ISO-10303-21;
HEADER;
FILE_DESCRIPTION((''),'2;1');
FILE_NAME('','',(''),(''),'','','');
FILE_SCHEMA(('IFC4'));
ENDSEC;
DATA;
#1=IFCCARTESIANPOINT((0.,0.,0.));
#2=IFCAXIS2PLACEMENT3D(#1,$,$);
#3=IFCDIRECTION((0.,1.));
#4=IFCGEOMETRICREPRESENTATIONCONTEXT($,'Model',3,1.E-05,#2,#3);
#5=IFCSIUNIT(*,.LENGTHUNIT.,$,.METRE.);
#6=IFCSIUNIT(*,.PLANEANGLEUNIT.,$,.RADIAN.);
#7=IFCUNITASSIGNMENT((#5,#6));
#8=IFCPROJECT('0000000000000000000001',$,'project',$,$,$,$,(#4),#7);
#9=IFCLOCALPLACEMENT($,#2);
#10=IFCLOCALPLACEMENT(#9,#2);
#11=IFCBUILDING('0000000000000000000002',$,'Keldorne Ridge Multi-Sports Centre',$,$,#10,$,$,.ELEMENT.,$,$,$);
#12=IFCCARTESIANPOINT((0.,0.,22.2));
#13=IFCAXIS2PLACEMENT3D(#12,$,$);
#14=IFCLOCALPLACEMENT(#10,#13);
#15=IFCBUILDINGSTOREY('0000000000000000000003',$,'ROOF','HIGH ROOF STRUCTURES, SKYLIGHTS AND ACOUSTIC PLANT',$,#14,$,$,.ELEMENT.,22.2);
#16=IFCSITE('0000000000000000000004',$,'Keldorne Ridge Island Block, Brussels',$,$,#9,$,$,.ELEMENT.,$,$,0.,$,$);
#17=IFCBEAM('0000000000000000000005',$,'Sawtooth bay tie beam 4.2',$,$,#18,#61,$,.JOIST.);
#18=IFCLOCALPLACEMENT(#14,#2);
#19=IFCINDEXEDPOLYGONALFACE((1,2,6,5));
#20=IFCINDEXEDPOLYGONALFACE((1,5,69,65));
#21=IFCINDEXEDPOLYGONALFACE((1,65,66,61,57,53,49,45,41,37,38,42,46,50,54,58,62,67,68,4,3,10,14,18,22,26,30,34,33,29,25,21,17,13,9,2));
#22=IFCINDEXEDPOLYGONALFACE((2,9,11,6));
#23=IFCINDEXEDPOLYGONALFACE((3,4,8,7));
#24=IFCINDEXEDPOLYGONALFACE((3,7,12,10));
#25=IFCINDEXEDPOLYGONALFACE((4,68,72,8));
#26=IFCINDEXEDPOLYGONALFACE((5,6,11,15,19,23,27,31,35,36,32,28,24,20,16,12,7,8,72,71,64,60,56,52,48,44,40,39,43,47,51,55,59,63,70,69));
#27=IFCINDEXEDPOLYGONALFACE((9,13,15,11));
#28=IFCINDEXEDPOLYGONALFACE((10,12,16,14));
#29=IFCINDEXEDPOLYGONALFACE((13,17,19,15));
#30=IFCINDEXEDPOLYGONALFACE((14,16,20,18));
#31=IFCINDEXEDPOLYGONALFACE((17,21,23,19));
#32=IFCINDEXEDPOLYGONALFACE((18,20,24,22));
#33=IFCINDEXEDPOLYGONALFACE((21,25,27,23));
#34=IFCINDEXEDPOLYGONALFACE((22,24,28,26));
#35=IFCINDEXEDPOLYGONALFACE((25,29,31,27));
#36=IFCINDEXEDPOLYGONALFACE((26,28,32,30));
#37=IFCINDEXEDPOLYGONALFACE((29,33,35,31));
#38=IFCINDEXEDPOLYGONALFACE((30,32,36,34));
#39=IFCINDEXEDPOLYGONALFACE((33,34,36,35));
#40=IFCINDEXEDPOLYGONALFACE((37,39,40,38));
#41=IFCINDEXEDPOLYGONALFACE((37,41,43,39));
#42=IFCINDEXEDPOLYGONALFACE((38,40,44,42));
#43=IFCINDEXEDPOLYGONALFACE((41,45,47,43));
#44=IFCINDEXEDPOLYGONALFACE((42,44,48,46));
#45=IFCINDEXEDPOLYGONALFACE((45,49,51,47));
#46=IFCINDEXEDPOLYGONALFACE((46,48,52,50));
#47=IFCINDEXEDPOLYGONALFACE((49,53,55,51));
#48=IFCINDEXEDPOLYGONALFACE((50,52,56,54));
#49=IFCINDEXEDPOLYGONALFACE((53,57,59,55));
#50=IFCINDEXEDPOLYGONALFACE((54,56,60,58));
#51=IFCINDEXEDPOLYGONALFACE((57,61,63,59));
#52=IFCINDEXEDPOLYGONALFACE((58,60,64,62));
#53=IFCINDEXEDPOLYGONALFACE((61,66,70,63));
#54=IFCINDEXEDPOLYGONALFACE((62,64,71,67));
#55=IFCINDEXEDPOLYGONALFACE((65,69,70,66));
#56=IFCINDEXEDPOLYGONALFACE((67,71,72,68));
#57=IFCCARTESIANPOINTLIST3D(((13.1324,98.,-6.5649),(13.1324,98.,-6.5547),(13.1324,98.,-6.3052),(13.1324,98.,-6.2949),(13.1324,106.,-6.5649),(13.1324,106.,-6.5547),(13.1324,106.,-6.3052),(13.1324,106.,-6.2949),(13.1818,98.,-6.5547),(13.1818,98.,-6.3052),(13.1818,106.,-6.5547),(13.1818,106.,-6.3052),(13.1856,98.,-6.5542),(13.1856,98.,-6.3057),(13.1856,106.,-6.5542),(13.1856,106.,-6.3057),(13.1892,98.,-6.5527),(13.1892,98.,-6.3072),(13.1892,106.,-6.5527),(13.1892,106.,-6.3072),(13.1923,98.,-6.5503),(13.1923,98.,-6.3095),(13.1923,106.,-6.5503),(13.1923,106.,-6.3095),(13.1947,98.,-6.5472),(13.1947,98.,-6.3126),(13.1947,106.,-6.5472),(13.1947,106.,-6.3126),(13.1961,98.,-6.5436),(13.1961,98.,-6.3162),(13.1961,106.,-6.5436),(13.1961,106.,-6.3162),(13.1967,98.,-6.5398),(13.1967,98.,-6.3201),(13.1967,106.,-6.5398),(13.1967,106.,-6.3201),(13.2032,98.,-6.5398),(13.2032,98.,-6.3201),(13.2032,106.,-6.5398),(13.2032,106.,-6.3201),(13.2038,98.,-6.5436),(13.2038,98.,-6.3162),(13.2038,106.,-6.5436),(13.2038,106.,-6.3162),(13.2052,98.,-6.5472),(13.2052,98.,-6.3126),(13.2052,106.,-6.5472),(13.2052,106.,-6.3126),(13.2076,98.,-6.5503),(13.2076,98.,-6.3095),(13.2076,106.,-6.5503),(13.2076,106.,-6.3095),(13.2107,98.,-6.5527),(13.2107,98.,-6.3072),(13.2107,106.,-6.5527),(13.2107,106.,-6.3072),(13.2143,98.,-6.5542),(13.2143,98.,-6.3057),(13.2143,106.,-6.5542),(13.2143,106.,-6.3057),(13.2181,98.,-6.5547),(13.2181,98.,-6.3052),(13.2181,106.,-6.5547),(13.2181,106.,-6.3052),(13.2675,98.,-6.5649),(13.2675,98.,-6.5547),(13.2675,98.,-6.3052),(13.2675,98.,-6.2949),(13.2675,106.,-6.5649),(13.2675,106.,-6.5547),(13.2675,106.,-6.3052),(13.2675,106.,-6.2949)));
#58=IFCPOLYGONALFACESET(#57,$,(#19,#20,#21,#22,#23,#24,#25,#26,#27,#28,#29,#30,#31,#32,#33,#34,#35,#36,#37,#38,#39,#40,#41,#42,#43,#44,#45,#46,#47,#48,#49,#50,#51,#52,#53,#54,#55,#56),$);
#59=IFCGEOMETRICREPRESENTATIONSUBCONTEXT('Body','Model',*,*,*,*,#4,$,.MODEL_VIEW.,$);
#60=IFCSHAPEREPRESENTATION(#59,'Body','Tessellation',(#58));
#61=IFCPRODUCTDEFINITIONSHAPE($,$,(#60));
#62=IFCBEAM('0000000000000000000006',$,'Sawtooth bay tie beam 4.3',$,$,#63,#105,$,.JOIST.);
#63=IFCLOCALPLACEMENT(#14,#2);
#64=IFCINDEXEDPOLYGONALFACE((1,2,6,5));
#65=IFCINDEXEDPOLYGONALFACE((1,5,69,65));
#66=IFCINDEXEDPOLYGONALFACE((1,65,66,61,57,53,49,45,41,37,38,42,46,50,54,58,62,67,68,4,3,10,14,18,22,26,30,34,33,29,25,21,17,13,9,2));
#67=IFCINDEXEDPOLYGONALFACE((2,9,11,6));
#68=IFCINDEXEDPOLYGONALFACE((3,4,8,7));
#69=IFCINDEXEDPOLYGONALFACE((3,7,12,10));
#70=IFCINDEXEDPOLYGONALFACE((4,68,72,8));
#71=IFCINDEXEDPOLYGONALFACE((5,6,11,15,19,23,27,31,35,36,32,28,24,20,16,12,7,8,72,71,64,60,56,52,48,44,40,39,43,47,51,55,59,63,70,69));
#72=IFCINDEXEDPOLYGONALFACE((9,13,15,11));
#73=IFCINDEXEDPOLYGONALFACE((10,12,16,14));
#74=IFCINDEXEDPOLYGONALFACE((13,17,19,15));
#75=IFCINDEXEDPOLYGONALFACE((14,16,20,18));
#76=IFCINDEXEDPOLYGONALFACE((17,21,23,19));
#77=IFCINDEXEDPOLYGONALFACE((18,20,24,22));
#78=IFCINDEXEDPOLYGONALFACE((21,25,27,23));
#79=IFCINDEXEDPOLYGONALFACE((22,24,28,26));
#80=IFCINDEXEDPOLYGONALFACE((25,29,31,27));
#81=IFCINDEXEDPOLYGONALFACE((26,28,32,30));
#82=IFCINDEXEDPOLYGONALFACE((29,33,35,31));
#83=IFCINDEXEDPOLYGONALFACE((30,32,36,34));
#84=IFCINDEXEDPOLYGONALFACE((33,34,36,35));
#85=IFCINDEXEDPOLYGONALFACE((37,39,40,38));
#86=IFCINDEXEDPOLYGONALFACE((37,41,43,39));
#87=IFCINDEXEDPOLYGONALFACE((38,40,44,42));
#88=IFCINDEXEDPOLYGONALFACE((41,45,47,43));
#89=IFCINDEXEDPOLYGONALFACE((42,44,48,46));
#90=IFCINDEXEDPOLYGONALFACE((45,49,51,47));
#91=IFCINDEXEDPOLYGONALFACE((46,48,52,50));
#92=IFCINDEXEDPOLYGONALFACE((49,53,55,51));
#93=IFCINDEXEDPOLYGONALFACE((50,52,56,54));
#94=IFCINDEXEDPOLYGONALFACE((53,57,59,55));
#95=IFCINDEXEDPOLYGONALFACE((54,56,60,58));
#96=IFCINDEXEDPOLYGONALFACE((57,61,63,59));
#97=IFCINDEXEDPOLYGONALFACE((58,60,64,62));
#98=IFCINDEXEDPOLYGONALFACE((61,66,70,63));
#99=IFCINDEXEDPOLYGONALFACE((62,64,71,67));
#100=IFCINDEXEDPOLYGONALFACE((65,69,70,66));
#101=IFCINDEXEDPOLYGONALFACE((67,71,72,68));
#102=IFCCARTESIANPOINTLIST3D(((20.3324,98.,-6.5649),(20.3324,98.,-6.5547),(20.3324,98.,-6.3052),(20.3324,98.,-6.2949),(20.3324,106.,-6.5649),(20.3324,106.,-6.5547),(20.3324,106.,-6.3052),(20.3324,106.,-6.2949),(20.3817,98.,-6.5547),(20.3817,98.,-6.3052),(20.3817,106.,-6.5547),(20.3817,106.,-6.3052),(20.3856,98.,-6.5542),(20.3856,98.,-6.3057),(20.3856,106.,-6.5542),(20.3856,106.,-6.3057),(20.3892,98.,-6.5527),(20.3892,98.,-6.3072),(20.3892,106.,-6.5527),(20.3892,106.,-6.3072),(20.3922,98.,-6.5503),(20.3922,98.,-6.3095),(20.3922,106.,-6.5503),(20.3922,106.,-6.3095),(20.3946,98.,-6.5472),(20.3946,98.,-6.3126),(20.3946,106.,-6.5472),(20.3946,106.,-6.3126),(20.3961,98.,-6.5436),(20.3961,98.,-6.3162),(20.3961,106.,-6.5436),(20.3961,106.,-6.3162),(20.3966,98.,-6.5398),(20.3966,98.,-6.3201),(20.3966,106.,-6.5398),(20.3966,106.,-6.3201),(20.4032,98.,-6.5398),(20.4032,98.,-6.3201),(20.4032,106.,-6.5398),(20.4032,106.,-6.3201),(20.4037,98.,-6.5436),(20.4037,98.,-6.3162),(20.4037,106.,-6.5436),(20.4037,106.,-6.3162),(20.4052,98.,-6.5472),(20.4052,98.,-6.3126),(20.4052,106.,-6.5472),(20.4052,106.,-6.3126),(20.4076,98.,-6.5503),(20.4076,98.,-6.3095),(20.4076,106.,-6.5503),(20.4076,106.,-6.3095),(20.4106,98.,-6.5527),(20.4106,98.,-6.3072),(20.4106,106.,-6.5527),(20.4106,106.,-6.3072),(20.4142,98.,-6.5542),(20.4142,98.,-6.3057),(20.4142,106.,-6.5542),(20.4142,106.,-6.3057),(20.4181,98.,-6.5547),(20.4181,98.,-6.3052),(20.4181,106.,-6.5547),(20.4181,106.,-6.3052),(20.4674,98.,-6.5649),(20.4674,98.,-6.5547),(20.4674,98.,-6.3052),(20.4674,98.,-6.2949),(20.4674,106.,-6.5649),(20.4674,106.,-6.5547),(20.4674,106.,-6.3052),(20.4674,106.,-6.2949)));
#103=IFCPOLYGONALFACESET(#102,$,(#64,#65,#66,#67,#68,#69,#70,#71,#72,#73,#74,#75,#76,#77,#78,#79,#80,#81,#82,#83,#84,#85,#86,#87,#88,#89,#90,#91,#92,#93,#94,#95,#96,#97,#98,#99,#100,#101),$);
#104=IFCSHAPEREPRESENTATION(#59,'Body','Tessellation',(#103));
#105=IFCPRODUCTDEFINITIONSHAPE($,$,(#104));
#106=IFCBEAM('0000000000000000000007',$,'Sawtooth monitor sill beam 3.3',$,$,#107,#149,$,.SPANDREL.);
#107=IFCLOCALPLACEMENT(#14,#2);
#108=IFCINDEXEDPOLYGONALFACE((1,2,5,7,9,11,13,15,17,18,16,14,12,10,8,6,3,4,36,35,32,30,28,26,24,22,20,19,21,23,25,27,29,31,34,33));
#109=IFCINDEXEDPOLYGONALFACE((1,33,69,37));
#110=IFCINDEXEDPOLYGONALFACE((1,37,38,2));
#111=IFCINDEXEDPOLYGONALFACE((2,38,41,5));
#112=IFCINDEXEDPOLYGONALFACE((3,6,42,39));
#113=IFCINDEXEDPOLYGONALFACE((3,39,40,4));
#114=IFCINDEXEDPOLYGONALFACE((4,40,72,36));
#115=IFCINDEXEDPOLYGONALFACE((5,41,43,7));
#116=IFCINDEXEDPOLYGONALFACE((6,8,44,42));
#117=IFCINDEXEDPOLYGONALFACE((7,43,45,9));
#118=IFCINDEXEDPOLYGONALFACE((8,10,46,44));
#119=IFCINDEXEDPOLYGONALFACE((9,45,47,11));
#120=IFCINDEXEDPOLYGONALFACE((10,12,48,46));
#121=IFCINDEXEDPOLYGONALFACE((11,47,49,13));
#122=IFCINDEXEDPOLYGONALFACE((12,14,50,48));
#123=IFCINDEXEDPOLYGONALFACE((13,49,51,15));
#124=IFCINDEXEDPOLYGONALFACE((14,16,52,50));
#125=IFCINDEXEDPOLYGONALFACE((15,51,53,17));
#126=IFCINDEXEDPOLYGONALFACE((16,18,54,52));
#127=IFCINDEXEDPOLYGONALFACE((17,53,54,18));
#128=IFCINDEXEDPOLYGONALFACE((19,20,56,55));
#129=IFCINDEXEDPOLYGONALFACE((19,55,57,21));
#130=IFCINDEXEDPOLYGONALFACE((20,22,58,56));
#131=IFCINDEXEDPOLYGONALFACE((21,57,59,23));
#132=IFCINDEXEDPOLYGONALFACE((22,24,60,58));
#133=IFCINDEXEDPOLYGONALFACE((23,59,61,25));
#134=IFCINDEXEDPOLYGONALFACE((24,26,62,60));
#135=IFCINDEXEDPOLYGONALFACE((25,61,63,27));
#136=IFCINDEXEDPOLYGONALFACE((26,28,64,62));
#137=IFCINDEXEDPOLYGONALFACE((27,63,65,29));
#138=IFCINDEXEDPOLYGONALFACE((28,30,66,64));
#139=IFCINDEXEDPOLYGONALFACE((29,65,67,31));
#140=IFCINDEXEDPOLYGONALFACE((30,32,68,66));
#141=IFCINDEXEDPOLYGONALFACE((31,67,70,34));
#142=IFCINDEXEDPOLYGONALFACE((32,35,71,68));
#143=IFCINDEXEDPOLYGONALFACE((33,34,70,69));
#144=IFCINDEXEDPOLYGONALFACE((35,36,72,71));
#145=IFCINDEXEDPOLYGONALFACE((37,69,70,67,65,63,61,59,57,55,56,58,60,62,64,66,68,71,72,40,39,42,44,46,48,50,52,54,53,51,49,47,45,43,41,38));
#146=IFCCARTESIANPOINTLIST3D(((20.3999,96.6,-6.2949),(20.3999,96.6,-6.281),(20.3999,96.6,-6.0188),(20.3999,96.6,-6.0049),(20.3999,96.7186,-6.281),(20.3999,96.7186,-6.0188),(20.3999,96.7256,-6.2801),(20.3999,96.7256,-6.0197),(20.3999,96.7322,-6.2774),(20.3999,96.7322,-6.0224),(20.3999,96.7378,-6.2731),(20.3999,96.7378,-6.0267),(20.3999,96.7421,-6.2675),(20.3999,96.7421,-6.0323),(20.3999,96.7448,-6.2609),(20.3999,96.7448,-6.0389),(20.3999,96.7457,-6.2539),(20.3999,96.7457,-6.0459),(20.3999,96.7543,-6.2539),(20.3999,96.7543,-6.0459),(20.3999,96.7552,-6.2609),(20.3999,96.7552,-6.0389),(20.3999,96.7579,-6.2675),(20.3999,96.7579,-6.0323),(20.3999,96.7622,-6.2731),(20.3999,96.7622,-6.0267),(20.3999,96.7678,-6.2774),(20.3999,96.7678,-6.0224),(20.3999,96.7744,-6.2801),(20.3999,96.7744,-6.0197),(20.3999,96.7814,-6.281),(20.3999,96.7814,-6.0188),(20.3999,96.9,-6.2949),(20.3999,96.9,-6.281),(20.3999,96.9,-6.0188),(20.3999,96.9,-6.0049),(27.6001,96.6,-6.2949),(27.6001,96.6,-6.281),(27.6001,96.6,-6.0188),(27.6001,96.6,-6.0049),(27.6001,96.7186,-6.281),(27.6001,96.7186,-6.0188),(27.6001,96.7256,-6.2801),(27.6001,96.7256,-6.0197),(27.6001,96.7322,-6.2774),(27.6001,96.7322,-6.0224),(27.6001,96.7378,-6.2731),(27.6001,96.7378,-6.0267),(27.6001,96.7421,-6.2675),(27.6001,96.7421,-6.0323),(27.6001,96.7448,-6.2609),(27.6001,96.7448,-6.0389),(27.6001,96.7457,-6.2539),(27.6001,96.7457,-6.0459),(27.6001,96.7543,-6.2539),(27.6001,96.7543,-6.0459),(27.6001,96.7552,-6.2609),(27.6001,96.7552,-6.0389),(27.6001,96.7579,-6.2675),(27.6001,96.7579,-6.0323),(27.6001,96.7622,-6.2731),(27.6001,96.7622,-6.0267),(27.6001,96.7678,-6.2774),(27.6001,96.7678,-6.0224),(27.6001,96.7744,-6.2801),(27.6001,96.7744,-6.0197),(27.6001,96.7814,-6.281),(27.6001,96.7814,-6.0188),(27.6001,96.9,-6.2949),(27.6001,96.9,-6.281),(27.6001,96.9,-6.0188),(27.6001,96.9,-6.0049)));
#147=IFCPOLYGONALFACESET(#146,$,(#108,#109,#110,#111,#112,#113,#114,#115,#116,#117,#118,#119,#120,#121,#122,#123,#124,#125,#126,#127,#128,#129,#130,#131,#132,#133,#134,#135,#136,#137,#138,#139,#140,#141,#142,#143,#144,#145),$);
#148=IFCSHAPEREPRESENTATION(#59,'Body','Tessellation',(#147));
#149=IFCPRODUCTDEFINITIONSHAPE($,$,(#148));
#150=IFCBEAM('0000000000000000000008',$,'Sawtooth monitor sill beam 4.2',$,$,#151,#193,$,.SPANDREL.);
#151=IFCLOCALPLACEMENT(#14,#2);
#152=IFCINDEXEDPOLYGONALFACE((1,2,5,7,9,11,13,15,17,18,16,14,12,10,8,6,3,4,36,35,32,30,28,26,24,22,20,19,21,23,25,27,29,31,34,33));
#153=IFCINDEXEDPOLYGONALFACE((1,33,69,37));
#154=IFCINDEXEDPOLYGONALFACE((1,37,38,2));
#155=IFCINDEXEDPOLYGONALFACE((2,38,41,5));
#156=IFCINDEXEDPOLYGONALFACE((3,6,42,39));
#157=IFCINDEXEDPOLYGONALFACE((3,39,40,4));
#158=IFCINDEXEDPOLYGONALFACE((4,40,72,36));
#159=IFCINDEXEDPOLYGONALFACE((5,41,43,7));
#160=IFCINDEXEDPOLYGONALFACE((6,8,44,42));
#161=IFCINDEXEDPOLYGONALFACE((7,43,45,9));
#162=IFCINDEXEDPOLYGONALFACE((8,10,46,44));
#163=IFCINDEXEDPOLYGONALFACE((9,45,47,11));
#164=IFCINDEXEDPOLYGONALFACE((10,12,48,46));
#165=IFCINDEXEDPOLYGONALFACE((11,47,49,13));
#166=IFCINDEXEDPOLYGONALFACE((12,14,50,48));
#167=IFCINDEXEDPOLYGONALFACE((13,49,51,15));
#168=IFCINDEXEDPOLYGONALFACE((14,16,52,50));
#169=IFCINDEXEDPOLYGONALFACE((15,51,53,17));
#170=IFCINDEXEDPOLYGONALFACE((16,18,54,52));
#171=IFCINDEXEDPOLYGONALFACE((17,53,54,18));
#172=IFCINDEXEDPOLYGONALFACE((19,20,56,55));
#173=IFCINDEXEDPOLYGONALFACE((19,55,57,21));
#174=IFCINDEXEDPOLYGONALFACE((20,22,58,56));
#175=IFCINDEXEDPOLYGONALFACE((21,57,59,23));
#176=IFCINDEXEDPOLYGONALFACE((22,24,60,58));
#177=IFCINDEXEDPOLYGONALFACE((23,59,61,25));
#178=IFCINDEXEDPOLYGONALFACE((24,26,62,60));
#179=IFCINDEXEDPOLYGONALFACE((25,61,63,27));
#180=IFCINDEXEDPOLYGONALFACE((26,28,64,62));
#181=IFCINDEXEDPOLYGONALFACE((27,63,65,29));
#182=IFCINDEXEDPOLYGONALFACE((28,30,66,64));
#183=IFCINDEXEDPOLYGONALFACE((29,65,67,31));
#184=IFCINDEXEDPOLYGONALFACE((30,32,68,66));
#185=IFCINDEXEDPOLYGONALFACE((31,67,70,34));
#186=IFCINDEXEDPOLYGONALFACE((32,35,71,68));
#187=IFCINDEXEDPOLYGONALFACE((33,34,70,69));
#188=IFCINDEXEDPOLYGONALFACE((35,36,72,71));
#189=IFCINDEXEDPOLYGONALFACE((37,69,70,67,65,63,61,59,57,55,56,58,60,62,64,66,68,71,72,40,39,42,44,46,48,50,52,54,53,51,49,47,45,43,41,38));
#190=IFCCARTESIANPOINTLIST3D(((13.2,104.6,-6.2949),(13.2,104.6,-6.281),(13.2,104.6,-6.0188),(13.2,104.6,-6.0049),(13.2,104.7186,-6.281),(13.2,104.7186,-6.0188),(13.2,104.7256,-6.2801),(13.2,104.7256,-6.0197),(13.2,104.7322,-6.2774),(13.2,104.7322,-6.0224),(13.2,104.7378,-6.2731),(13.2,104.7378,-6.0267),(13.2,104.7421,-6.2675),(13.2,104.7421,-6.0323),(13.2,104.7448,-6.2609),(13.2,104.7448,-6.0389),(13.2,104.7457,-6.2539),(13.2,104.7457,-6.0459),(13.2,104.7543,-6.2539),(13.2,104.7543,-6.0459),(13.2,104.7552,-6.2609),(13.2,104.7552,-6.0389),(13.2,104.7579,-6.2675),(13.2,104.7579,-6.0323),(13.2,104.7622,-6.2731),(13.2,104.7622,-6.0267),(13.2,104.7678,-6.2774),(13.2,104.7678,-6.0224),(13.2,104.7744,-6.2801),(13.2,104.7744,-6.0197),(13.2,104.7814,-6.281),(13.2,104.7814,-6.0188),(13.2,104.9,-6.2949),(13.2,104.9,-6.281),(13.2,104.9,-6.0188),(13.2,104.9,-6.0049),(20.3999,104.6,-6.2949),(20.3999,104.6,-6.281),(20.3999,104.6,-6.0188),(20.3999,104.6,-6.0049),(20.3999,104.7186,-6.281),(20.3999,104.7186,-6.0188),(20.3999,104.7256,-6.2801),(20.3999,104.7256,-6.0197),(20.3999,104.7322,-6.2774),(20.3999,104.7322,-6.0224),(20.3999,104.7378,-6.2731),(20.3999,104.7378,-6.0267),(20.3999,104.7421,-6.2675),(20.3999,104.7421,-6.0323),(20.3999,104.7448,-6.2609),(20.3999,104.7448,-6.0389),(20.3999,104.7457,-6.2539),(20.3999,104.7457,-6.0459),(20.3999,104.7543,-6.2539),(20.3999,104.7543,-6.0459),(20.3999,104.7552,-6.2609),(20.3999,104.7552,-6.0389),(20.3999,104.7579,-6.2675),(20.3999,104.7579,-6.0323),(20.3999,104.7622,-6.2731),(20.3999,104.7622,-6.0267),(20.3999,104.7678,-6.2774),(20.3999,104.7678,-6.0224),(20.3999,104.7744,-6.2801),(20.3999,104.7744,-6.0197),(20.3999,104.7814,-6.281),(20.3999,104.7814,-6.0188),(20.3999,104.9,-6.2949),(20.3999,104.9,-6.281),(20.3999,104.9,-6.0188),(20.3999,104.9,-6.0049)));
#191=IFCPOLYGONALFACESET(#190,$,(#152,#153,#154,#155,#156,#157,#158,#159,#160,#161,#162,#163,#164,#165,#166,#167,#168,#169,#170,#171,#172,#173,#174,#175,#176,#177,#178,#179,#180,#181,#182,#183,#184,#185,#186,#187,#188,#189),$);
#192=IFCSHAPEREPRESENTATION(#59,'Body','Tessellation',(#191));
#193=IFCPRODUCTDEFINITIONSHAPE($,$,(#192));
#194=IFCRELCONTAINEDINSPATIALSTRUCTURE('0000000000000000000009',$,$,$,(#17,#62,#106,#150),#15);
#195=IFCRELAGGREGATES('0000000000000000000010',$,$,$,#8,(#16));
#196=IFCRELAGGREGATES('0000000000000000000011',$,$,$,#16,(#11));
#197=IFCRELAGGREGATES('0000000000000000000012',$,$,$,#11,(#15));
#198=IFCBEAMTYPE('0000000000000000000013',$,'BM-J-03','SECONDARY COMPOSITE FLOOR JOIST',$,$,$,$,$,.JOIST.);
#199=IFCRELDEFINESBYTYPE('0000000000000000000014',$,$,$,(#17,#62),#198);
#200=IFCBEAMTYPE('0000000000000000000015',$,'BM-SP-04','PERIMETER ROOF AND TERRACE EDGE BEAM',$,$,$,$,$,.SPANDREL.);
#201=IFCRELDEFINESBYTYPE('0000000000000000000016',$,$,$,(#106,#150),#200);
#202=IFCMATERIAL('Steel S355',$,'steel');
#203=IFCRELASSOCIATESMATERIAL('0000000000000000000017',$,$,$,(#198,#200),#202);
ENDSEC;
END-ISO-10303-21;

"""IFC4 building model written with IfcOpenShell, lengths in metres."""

from ifc_helpers import new_model, si_unit, direction, frame, origin, origin_2d, place, context, subcontext, project, spatial, i_section, extrude, material, material_profile, profile_set, type_object, element, save


model = new_model("IFC4")

# Units and contexts
model_context = context("Model", 3, precision=1e-05, world=origin(), true_north=direction((0.0, 1.0)))
body_context = subcontext(model_context, "Body", "Model", "MODEL_VIEW")
ifc_project = project(units=[si_unit("LENGTHUNIT", "METRE"), si_unit("PLANEANGLEUNIT", "RADIAN")], contexts=[model_context])

# Site, building, storey
site_placement = place(None, origin())
site = spatial("IfcSite", under=ifc_project, at=site_placement, Name="Keldorne Ridge Island Block, Brussels", CompositionType="ELEMENT", RefElevation=0.0)
building_placement = place(site_placement, origin())
building = spatial("IfcBuilding", under=site, at=building_placement, Name="Keldorne Ridge Multi-Sports Centre", CompositionType="ELEMENT")
storey_placement = place(building_placement, frame((0.0, 0.0, 22.2)))
storey = spatial("IfcBuildingStorey", under=building, at=storey_placement, Name="ROOF", Description="HIGH ROOF STRUCTURES, SKYLIGHTS AND ACOUSTIC PLANT", CompositionType="ELEMENT", Elevation=22.2)

# Beams
ifc_material_1 = material(Name="Steel S355", Category="steel")
ifc_material_profile_1 = material_profile(ifc_material_1, i_section(OverallWidth=0.135, OverallDepth=0.27, WebThickness=0.0066, FlangeThickness=0.0103, FilletRadius=0.0149, at=origin_2d()), Name="IPE 270")
ifc_profile_set_1 = profile_set([ifc_material_profile_1], Name="Steel S355")
beam_type_1 = type_object("IfcBeamType", Name="BM-J-03", Description="SECONDARY COMPOSITE FLOOR JOIST", PredefinedType="JOIST", material=ifc_profile_set_1)
for number, where, z_axis, x_axis, name in (
    (1, (13.2, 98.0, -6.4299), (0.0, 1.0, 0.0), (-1.0, 0.0, 0.0), "Sawtooth bay tie beam 4.2"),
    (2, (20.3999, 98.0, -6.4299), (0.0, 1.0, 0.0), (-1.0, 0.0, 0.0), "Sawtooth bay tie beam 4.3"),
):
    element("IfcBeam", number, at=place(storey_placement, frame(where, z_axis=z_axis, x_axis=x_axis)), inside=storey, type_object=beam_type_1, Name=name, PredefinedType="JOIST", context=body_context, shape_type="SweptSolid", body=[
        extrude(i_section(OverallWidth=0.135, OverallDepth=0.27, WebThickness=0.0066, FlangeThickness=0.0103, FilletRadius=0.0149, at=origin_2d()), origin(), (0.0, 0.0, 1.0), 8.0),
    ])
ifc_material_profile_2 = material_profile(ifc_material_1, i_section(OverallWidth=0.3, OverallDepth=0.29, WebThickness=0.0085, FlangeThickness=0.0139, FilletRadius=0.0271, at=origin_2d()), Name="HEA 300")
ifc_profile_set_2 = profile_set([ifc_material_profile_2], Name="Steel S355")
beam_type_2 = type_object("IfcBeamType", Name="BM-SP-04", Description="PERIMETER ROOF AND TERRACE EDGE BEAM", PredefinedType="SPANDREL", material=ifc_profile_set_2)
beam_1_placement = place(storey_placement, frame((20.3999, 96.75, -6.1499), z_axis=(1.0, 0.0, 0.0), x_axis=(0.0, 1.0, 0.0)))
element("IfcBeam", 3, at=beam_1_placement, inside=storey, type_object=beam_type_2, Name="Sawtooth monitor sill beam 3.3", PredefinedType="SPANDREL", context=body_context, shape_type="SweptSolid", body=[
    extrude(i_section(OverallWidth=0.3, OverallDepth=0.29, WebThickness=0.0085, FlangeThickness=0.0139, FilletRadius=0.0271, at=origin_2d()), origin(), (0.0, 0.0, 1.0), 7.2002),
])
beam_2_placement = place(storey_placement, frame((13.2, 104.75, -6.1499), z_axis=(1.0, 0.0, 0.0), x_axis=(0.0, 1.0, 0.0)))
element("IfcBeam", 4, at=beam_2_placement, inside=storey, type_object=beam_type_2, Name="Sawtooth monitor sill beam 4.2", PredefinedType="SPANDREL", context=body_context, shape_type="SweptSolid", body=[
    extrude(i_section(OverallWidth=0.3, OverallDepth=0.29, WebThickness=0.0085, FlangeThickness=0.0139, FilletRadius=0.0271, at=origin_2d()), origin(), (0.0, 0.0, 1.0), 7.2),
])

save(model, "model.ifc")
